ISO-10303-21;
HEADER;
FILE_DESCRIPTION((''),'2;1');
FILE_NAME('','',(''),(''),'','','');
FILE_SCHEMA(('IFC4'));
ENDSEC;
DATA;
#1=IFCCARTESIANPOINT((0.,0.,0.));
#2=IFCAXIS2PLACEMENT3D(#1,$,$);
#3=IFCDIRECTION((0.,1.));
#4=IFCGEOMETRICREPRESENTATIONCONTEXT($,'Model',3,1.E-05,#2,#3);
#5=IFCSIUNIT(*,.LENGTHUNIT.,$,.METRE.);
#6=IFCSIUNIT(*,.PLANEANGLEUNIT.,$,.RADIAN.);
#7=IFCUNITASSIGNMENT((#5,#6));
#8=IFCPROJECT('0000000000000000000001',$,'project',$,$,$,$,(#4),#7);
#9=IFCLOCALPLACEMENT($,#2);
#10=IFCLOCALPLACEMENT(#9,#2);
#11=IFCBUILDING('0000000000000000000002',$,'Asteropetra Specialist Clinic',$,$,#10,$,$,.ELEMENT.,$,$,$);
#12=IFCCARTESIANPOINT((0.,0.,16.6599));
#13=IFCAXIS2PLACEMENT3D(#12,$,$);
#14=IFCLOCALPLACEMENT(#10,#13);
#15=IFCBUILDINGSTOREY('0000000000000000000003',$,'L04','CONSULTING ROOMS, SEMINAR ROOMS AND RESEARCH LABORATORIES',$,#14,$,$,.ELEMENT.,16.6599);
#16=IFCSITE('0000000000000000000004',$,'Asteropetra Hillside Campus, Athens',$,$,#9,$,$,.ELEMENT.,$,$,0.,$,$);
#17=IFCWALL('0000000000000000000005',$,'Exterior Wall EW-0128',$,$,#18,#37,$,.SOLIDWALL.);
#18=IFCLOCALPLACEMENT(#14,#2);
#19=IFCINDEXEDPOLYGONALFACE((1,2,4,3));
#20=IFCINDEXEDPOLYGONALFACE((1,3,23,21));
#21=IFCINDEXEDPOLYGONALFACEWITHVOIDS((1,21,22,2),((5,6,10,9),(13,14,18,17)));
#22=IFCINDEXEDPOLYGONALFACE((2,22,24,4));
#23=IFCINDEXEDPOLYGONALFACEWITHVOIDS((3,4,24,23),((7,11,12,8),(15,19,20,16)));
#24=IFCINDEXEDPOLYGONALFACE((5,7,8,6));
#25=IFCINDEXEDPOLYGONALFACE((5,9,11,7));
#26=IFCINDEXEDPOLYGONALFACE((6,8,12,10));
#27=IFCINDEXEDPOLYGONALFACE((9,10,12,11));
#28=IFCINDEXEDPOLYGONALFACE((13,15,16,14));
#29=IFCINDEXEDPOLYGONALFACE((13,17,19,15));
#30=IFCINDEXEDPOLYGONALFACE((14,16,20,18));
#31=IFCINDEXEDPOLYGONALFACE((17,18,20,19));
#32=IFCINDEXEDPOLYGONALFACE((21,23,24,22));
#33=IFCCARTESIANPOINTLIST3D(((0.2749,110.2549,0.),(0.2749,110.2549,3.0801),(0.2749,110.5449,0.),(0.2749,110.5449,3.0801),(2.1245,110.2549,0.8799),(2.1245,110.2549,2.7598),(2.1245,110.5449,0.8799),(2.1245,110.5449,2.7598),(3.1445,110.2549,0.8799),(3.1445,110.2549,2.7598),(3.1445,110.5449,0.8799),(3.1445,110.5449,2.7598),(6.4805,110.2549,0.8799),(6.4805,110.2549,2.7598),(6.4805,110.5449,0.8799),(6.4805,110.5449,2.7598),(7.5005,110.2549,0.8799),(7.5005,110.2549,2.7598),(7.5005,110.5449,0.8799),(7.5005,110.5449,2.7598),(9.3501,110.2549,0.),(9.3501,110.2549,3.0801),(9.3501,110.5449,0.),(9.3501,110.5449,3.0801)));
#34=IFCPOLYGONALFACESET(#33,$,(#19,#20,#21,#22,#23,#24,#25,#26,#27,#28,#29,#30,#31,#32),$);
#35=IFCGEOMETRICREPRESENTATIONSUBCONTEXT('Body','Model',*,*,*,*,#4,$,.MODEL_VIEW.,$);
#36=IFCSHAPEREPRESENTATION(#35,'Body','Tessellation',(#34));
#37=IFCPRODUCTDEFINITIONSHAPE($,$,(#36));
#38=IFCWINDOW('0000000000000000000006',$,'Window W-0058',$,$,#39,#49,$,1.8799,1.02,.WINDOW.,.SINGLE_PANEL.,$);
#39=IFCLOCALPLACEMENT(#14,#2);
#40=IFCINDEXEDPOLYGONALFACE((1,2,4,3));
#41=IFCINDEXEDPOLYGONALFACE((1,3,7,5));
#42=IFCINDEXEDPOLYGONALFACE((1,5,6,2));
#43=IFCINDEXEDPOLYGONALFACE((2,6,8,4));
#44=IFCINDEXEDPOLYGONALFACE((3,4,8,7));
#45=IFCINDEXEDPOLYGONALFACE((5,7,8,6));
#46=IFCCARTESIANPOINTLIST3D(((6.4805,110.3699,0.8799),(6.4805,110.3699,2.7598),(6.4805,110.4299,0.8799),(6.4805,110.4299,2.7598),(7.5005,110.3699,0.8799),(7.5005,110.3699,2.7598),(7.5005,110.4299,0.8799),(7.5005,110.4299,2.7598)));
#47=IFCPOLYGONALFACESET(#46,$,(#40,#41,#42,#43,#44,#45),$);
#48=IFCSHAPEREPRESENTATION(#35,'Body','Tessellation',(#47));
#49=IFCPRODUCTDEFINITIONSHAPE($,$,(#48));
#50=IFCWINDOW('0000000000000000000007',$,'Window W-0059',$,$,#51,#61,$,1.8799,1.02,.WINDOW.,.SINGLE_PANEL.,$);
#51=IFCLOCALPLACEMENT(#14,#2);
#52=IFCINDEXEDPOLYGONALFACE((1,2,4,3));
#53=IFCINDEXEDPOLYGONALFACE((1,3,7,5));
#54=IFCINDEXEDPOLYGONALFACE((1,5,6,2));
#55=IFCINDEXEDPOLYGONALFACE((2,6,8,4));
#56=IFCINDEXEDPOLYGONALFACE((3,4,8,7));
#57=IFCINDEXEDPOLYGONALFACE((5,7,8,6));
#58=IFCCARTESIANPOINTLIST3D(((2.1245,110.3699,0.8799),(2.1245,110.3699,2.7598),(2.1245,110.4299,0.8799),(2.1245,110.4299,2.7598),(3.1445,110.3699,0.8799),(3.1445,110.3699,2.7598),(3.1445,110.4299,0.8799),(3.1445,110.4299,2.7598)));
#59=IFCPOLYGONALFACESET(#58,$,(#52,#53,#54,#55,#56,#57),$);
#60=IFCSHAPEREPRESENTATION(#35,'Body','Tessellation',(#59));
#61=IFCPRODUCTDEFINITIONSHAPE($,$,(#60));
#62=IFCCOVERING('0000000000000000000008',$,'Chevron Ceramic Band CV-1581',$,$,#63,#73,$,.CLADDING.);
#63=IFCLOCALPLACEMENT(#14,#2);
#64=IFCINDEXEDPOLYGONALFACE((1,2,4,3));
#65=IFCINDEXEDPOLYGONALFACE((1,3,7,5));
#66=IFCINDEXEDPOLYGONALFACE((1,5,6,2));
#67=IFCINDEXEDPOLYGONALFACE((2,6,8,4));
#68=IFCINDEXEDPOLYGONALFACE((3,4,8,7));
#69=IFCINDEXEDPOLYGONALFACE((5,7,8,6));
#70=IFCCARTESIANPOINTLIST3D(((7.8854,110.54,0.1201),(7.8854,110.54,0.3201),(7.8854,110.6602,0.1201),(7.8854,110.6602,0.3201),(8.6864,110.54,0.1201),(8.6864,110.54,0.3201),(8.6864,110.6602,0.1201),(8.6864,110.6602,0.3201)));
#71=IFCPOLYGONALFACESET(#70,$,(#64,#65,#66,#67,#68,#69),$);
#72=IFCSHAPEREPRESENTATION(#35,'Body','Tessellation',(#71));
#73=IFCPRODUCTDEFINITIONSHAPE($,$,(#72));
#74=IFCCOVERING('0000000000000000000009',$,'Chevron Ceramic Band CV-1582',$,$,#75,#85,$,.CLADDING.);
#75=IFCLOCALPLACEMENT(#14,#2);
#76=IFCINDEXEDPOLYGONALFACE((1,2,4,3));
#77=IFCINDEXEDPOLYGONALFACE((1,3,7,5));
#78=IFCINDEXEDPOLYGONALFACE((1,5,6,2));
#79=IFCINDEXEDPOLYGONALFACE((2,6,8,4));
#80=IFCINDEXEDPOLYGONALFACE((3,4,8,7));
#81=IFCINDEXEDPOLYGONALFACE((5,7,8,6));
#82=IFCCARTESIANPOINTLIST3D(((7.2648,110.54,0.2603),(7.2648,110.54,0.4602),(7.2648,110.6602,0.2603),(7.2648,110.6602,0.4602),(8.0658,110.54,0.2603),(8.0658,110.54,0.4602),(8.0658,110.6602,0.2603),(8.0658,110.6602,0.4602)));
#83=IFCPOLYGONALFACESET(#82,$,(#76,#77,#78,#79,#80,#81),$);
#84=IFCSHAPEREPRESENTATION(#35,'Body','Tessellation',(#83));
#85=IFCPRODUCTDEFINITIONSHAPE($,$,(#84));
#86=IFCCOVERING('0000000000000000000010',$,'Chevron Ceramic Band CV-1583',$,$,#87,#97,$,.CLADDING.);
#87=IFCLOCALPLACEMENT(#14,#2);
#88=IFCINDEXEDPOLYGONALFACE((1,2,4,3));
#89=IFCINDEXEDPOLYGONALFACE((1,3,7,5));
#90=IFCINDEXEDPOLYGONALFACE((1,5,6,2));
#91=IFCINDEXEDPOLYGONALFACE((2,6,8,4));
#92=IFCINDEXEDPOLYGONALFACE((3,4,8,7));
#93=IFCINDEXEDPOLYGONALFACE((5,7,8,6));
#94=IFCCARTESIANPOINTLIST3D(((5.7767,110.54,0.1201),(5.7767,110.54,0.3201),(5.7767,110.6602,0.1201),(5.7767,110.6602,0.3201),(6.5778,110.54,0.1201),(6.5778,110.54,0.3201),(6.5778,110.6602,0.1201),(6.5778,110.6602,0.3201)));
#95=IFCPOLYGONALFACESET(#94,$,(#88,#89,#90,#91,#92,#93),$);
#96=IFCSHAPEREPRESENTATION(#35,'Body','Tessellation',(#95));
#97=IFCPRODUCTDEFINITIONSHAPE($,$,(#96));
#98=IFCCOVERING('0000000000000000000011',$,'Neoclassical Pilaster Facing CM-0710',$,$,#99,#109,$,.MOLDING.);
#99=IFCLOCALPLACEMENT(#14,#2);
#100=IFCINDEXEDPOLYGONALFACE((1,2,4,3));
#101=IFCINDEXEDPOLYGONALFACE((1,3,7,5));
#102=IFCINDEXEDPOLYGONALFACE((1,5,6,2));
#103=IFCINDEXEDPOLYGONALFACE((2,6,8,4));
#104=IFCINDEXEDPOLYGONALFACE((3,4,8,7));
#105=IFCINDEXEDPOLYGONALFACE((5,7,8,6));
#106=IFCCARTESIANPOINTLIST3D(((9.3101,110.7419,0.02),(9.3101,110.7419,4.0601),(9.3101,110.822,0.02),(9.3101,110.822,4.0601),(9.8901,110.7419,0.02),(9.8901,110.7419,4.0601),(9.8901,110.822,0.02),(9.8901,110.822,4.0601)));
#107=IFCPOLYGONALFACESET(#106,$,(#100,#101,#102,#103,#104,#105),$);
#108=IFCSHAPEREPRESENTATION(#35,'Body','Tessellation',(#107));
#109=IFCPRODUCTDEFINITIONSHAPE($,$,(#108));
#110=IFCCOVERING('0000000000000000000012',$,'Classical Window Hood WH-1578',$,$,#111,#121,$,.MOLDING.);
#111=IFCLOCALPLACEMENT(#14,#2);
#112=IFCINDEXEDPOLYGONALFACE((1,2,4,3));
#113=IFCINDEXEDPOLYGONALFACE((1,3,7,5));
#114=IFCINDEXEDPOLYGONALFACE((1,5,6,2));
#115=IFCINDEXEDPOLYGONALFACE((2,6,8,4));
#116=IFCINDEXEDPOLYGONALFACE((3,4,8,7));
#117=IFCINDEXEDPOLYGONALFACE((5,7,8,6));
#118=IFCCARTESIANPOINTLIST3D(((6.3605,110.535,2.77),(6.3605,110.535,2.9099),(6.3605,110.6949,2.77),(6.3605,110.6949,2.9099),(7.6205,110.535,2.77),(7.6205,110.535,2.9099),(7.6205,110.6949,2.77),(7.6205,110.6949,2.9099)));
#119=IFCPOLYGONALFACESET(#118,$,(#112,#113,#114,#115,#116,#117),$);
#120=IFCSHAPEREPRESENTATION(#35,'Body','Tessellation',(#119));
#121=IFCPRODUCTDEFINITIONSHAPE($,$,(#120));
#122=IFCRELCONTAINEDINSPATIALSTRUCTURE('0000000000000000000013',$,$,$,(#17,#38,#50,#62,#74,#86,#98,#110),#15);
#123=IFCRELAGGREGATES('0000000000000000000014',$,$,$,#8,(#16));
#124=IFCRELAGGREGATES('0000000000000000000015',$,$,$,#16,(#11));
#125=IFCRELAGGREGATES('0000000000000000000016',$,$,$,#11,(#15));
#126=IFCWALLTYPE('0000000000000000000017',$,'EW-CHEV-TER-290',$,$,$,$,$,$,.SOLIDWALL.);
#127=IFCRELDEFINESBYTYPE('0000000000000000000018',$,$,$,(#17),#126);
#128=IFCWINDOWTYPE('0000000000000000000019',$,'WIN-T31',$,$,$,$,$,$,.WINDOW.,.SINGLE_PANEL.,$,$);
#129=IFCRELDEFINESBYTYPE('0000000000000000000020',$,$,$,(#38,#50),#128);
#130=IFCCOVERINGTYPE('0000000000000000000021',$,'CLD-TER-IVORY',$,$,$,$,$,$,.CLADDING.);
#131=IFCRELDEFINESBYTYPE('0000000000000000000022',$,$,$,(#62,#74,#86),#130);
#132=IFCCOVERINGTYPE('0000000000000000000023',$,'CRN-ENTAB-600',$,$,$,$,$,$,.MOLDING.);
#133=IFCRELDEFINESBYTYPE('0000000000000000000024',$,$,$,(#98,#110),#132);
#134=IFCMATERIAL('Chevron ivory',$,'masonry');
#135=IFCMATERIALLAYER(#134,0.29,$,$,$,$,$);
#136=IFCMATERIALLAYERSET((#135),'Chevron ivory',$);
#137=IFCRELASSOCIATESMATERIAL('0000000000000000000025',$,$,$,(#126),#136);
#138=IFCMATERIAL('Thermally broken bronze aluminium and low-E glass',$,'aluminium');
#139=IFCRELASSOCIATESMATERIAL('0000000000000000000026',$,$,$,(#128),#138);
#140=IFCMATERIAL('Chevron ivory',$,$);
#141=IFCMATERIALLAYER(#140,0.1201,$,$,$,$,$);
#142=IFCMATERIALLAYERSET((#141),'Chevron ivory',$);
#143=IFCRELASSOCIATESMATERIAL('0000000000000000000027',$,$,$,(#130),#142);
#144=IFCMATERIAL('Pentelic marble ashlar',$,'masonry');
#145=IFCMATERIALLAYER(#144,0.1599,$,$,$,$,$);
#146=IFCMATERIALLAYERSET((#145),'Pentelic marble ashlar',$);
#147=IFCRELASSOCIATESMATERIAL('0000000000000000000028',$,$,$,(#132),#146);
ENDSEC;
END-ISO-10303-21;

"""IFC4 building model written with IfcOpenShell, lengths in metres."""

from ifc_helpers import new_model, si_unit, direction, frame, frame_2d, origin, origin_2d, place, context, subcontext, project, spatial, rectangle, extrude, material, layer, layer_set, type_object, element, fill, save


model = new_model("IFC4")

# Units and contexts
model_context = context("Model", 3, precision=1e-05, world=origin(), true_north=direction((0.0, 1.0)))
body_context = subcontext(model_context, "Body", "Model", "MODEL_VIEW")
ifc_project = project(units=[si_unit("LENGTHUNIT", "METRE"), si_unit("PLANEANGLEUNIT", "RADIAN")], contexts=[model_context])

# Site, building, storey
site_placement = place(None, origin())
site = spatial("IfcSite", under=ifc_project, at=site_placement, Name="Asteropetra Hillside Campus, Athens", CompositionType="ELEMENT", RefElevation=0.0)
building_placement = place(site_placement, origin())
building = spatial("IfcBuilding", under=site, at=building_placement, Name="Asteropetra Specialist Clinic", CompositionType="ELEMENT")
storey_placement = place(building_placement, frame((0.0, 0.0, 16.6599)))
storey = spatial("IfcBuildingStorey", under=building, at=storey_placement, Name="L04", Description="CONSULTING ROOMS, SEMINAR ROOMS AND RESEARCH LABORATORIES", CompositionType="ELEMENT", Elevation=16.6599)

# Wall, openings, windows
ifc_material_1 = material(Name="Chevron ivory", Category="masonry")
ifc_layer_1 = layer(ifc_material_1, 0.29)
ifc_layer_set_1 = layer_set([ifc_layer_1], Name="Chevron ivory")
wall_type_1 = type_object("IfcWallType", Name="EW-CHEV-TER-290", PredefinedType="SOLIDWALL", material=ifc_layer_set_1)
wall_1_placement = place(storey_placement, frame((9.3501, 110.3999, 0.0), z_axis=(0.0, 0.0, 1.0), x_axis=(-1.0, 0.0, 0.0)))
wall_1 = element("IfcWall", 1, at=wall_1_placement, inside=storey, type_object=wall_type_1, Name="Exterior Wall EW-0128", PredefinedType="SOLIDWALL", context=body_context, shape_type="SweptSolid", body=[
    extrude(rectangle(XDim=9.0752, YDim=0.29, at=frame_2d((4.5376, 0.0))), origin(), (0.0, 0.0, 1.0), 3.0801),
])
opening_1_placement = place(wall_1_placement, frame((1.8496, 0.0, 0.8799)))
opening_1 = element("IfcOpeningElement", 2, at=opening_1_placement, cuts=wall_1, PredefinedType="OPENING", context=body_context, shape_type="SweptSolid", body=[
    extrude(rectangle(XDim=1.02, YDim=1.8799, at=frame_2d((0.51, 0.9399))), frame((0.0, 0.155, 0.0), z_axis=(0.0, -1.0, 0.0), x_axis=(1.0, 0.0, 0.0)), (0.0, 0.0, 1.0), 0.3101),
])
opening_2_placement = place(wall_1_placement, frame((6.2056, 0.0, 0.8799)))
opening_2 = element("IfcOpeningElement", 3, at=opening_2_placement, cuts=wall_1, PredefinedType="OPENING", context=body_context, shape_type="SweptSolid", body=[
    extrude(rectangle(XDim=1.02, YDim=1.8799, at=frame_2d((0.51, 0.9399))), frame((0.0, 0.155, 0.0), z_axis=(0.0, -1.0, 0.0), x_axis=(1.0, 0.0, 0.0)), (0.0, 0.0, 1.0), 0.3101),
])
ifc_material_2 = material(Name="Thermally broken bronze aluminium and low-E glass", Category="aluminium")
window_type = type_object("IfcWindowType", Name="WIN-T31", PartitioningType="SINGLE_PANEL", PredefinedType="WINDOW", material=ifc_material_2)
window_1_placement = place(opening_1_placement, origin())
window_1 = element("IfcWindow", 4, at=window_1_placement, inside=storey, type_object=window_type, Name="Window W-0058", OverallHeight=1.8799, OverallWidth=1.02, PartitioningType="SINGLE_PANEL", PredefinedType="WINDOW", context=body_context, shape_type="SweptSolid", body=[
    extrude(rectangle(XDim=1.02, YDim=1.8799, at=frame_2d((0.51, 0.9399))), frame((0.0, 0.03, 0.0), z_axis=(0.0, -1.0, 0.0), x_axis=(1.0, 0.0, 0.0)), (0.0, 0.0, 1.0), 0.0601),
])
fill(opening_1, window_1)
window_2_placement = place(opening_2_placement, origin())
window_2 = element("IfcWindow", 5, at=window_2_placement, inside=storey, type_object=window_type, Name="Window W-0059", OverallHeight=1.8799, OverallWidth=1.02, PartitioningType="SINGLE_PANEL", PredefinedType="WINDOW", context=body_context, shape_type="SweptSolid", body=[
    extrude(rectangle(XDim=1.02, YDim=1.8799, at=frame_2d((0.51, 0.9399))), frame((0.0, 0.03, 0.0), z_axis=(0.0, -1.0, 0.0), x_axis=(1.0, 0.0, 0.0)), (0.0, 0.0, 1.0), 0.0601),
])
fill(opening_2, window_2)

# Coverings
ifc_material_3 = material(Name="Chevron ivory")
ifc_layer_2 = layer(ifc_material_3, 0.1201)
ifc_layer_set_2 = layer_set([ifc_layer_2], Name="Chevron ivory")
covering_type_1 = type_object("IfcCoveringType", Name="CLD-TER-IVORY", PredefinedType="CLADDING", material=ifc_layer_set_2)
for number, where, z_axis, x_axis, name in (
    (6, (8.2859, 110.6001, 0.1201), (0.0, 0.0, 1.0), (1.0, 0.0, 0.0), "Chevron Ceramic Band CV-1581"),
    (7, (7.6653, 110.6001, 0.2603), (0.0, 0.0, 1.0), (1.0, 0.0, 0.0), "Chevron Ceramic Band CV-1582"),
    (8, (6.1772, 110.6001, 0.1201), (0.0, 0.0, 1.0), (1.0, 0.0, 0.0), "Chevron Ceramic Band CV-1583"),
):
    element("IfcCovering", number, at=place(storey_placement, frame(where, z_axis=z_axis, x_axis=x_axis)), inside=storey, type_object=covering_type_1, Name=name, PredefinedType="CLADDING", context=body_context, shape_type="SweptSolid", body=[
        extrude(rectangle(XDim=0.801, YDim=0.1201, at=origin_2d()), origin(), (0.0, 0.0, 1.0), 0.2),
    ])
ifc_material_4 = material(Name="Pentelic marble ashlar", Category="masonry")
ifc_layer_3 = layer(ifc_material_4, 0.1599)
ifc_layer_set_3 = layer_set([ifc_layer_3], Name="Pentelic marble ashlar")
covering_type_2 = type_object("IfcCoveringType", Name="CRN-ENTAB-600", PredefinedType="MOLDING", material=ifc_layer_set_3)
covering_1_placement = place(storey_placement, frame((9.6001, 110.782, 0.02), z_axis=(0.0, 0.0, 1.0), x_axis=(1.0, 0.0, 0.0)))
element("IfcCovering", 9, at=covering_1_placement, inside=storey, type_object=covering_type_2, Name="Neoclassical Pilaster Facing CM-0710", PredefinedType="MOLDING", context=body_context, shape_type="SweptSolid", body=[
    extrude(rectangle(XDim=0.5801, YDim=0.0801, at=origin_2d()), origin(), (0.0, 0.0, 1.0), 4.04),
])
covering_2_placement = place(storey_placement, frame((6.9905, 110.615, 2.77), z_axis=(0.0, 0.0, 1.0), x_axis=(1.0, 0.0, 0.0)))
element("IfcCovering", 10, at=covering_2_placement, inside=storey, type_object=covering_type_2, Name="Classical Window Hood WH-1578", PredefinedType="MOLDING", context=body_context, shape_type="SweptSolid", body=[
    extrude(rectangle(XDim=1.26, YDim=0.1599, at=origin_2d()), origin(), (0.0, 0.0, 1.0), 0.1399),
])

save(model, "model.ifc")
